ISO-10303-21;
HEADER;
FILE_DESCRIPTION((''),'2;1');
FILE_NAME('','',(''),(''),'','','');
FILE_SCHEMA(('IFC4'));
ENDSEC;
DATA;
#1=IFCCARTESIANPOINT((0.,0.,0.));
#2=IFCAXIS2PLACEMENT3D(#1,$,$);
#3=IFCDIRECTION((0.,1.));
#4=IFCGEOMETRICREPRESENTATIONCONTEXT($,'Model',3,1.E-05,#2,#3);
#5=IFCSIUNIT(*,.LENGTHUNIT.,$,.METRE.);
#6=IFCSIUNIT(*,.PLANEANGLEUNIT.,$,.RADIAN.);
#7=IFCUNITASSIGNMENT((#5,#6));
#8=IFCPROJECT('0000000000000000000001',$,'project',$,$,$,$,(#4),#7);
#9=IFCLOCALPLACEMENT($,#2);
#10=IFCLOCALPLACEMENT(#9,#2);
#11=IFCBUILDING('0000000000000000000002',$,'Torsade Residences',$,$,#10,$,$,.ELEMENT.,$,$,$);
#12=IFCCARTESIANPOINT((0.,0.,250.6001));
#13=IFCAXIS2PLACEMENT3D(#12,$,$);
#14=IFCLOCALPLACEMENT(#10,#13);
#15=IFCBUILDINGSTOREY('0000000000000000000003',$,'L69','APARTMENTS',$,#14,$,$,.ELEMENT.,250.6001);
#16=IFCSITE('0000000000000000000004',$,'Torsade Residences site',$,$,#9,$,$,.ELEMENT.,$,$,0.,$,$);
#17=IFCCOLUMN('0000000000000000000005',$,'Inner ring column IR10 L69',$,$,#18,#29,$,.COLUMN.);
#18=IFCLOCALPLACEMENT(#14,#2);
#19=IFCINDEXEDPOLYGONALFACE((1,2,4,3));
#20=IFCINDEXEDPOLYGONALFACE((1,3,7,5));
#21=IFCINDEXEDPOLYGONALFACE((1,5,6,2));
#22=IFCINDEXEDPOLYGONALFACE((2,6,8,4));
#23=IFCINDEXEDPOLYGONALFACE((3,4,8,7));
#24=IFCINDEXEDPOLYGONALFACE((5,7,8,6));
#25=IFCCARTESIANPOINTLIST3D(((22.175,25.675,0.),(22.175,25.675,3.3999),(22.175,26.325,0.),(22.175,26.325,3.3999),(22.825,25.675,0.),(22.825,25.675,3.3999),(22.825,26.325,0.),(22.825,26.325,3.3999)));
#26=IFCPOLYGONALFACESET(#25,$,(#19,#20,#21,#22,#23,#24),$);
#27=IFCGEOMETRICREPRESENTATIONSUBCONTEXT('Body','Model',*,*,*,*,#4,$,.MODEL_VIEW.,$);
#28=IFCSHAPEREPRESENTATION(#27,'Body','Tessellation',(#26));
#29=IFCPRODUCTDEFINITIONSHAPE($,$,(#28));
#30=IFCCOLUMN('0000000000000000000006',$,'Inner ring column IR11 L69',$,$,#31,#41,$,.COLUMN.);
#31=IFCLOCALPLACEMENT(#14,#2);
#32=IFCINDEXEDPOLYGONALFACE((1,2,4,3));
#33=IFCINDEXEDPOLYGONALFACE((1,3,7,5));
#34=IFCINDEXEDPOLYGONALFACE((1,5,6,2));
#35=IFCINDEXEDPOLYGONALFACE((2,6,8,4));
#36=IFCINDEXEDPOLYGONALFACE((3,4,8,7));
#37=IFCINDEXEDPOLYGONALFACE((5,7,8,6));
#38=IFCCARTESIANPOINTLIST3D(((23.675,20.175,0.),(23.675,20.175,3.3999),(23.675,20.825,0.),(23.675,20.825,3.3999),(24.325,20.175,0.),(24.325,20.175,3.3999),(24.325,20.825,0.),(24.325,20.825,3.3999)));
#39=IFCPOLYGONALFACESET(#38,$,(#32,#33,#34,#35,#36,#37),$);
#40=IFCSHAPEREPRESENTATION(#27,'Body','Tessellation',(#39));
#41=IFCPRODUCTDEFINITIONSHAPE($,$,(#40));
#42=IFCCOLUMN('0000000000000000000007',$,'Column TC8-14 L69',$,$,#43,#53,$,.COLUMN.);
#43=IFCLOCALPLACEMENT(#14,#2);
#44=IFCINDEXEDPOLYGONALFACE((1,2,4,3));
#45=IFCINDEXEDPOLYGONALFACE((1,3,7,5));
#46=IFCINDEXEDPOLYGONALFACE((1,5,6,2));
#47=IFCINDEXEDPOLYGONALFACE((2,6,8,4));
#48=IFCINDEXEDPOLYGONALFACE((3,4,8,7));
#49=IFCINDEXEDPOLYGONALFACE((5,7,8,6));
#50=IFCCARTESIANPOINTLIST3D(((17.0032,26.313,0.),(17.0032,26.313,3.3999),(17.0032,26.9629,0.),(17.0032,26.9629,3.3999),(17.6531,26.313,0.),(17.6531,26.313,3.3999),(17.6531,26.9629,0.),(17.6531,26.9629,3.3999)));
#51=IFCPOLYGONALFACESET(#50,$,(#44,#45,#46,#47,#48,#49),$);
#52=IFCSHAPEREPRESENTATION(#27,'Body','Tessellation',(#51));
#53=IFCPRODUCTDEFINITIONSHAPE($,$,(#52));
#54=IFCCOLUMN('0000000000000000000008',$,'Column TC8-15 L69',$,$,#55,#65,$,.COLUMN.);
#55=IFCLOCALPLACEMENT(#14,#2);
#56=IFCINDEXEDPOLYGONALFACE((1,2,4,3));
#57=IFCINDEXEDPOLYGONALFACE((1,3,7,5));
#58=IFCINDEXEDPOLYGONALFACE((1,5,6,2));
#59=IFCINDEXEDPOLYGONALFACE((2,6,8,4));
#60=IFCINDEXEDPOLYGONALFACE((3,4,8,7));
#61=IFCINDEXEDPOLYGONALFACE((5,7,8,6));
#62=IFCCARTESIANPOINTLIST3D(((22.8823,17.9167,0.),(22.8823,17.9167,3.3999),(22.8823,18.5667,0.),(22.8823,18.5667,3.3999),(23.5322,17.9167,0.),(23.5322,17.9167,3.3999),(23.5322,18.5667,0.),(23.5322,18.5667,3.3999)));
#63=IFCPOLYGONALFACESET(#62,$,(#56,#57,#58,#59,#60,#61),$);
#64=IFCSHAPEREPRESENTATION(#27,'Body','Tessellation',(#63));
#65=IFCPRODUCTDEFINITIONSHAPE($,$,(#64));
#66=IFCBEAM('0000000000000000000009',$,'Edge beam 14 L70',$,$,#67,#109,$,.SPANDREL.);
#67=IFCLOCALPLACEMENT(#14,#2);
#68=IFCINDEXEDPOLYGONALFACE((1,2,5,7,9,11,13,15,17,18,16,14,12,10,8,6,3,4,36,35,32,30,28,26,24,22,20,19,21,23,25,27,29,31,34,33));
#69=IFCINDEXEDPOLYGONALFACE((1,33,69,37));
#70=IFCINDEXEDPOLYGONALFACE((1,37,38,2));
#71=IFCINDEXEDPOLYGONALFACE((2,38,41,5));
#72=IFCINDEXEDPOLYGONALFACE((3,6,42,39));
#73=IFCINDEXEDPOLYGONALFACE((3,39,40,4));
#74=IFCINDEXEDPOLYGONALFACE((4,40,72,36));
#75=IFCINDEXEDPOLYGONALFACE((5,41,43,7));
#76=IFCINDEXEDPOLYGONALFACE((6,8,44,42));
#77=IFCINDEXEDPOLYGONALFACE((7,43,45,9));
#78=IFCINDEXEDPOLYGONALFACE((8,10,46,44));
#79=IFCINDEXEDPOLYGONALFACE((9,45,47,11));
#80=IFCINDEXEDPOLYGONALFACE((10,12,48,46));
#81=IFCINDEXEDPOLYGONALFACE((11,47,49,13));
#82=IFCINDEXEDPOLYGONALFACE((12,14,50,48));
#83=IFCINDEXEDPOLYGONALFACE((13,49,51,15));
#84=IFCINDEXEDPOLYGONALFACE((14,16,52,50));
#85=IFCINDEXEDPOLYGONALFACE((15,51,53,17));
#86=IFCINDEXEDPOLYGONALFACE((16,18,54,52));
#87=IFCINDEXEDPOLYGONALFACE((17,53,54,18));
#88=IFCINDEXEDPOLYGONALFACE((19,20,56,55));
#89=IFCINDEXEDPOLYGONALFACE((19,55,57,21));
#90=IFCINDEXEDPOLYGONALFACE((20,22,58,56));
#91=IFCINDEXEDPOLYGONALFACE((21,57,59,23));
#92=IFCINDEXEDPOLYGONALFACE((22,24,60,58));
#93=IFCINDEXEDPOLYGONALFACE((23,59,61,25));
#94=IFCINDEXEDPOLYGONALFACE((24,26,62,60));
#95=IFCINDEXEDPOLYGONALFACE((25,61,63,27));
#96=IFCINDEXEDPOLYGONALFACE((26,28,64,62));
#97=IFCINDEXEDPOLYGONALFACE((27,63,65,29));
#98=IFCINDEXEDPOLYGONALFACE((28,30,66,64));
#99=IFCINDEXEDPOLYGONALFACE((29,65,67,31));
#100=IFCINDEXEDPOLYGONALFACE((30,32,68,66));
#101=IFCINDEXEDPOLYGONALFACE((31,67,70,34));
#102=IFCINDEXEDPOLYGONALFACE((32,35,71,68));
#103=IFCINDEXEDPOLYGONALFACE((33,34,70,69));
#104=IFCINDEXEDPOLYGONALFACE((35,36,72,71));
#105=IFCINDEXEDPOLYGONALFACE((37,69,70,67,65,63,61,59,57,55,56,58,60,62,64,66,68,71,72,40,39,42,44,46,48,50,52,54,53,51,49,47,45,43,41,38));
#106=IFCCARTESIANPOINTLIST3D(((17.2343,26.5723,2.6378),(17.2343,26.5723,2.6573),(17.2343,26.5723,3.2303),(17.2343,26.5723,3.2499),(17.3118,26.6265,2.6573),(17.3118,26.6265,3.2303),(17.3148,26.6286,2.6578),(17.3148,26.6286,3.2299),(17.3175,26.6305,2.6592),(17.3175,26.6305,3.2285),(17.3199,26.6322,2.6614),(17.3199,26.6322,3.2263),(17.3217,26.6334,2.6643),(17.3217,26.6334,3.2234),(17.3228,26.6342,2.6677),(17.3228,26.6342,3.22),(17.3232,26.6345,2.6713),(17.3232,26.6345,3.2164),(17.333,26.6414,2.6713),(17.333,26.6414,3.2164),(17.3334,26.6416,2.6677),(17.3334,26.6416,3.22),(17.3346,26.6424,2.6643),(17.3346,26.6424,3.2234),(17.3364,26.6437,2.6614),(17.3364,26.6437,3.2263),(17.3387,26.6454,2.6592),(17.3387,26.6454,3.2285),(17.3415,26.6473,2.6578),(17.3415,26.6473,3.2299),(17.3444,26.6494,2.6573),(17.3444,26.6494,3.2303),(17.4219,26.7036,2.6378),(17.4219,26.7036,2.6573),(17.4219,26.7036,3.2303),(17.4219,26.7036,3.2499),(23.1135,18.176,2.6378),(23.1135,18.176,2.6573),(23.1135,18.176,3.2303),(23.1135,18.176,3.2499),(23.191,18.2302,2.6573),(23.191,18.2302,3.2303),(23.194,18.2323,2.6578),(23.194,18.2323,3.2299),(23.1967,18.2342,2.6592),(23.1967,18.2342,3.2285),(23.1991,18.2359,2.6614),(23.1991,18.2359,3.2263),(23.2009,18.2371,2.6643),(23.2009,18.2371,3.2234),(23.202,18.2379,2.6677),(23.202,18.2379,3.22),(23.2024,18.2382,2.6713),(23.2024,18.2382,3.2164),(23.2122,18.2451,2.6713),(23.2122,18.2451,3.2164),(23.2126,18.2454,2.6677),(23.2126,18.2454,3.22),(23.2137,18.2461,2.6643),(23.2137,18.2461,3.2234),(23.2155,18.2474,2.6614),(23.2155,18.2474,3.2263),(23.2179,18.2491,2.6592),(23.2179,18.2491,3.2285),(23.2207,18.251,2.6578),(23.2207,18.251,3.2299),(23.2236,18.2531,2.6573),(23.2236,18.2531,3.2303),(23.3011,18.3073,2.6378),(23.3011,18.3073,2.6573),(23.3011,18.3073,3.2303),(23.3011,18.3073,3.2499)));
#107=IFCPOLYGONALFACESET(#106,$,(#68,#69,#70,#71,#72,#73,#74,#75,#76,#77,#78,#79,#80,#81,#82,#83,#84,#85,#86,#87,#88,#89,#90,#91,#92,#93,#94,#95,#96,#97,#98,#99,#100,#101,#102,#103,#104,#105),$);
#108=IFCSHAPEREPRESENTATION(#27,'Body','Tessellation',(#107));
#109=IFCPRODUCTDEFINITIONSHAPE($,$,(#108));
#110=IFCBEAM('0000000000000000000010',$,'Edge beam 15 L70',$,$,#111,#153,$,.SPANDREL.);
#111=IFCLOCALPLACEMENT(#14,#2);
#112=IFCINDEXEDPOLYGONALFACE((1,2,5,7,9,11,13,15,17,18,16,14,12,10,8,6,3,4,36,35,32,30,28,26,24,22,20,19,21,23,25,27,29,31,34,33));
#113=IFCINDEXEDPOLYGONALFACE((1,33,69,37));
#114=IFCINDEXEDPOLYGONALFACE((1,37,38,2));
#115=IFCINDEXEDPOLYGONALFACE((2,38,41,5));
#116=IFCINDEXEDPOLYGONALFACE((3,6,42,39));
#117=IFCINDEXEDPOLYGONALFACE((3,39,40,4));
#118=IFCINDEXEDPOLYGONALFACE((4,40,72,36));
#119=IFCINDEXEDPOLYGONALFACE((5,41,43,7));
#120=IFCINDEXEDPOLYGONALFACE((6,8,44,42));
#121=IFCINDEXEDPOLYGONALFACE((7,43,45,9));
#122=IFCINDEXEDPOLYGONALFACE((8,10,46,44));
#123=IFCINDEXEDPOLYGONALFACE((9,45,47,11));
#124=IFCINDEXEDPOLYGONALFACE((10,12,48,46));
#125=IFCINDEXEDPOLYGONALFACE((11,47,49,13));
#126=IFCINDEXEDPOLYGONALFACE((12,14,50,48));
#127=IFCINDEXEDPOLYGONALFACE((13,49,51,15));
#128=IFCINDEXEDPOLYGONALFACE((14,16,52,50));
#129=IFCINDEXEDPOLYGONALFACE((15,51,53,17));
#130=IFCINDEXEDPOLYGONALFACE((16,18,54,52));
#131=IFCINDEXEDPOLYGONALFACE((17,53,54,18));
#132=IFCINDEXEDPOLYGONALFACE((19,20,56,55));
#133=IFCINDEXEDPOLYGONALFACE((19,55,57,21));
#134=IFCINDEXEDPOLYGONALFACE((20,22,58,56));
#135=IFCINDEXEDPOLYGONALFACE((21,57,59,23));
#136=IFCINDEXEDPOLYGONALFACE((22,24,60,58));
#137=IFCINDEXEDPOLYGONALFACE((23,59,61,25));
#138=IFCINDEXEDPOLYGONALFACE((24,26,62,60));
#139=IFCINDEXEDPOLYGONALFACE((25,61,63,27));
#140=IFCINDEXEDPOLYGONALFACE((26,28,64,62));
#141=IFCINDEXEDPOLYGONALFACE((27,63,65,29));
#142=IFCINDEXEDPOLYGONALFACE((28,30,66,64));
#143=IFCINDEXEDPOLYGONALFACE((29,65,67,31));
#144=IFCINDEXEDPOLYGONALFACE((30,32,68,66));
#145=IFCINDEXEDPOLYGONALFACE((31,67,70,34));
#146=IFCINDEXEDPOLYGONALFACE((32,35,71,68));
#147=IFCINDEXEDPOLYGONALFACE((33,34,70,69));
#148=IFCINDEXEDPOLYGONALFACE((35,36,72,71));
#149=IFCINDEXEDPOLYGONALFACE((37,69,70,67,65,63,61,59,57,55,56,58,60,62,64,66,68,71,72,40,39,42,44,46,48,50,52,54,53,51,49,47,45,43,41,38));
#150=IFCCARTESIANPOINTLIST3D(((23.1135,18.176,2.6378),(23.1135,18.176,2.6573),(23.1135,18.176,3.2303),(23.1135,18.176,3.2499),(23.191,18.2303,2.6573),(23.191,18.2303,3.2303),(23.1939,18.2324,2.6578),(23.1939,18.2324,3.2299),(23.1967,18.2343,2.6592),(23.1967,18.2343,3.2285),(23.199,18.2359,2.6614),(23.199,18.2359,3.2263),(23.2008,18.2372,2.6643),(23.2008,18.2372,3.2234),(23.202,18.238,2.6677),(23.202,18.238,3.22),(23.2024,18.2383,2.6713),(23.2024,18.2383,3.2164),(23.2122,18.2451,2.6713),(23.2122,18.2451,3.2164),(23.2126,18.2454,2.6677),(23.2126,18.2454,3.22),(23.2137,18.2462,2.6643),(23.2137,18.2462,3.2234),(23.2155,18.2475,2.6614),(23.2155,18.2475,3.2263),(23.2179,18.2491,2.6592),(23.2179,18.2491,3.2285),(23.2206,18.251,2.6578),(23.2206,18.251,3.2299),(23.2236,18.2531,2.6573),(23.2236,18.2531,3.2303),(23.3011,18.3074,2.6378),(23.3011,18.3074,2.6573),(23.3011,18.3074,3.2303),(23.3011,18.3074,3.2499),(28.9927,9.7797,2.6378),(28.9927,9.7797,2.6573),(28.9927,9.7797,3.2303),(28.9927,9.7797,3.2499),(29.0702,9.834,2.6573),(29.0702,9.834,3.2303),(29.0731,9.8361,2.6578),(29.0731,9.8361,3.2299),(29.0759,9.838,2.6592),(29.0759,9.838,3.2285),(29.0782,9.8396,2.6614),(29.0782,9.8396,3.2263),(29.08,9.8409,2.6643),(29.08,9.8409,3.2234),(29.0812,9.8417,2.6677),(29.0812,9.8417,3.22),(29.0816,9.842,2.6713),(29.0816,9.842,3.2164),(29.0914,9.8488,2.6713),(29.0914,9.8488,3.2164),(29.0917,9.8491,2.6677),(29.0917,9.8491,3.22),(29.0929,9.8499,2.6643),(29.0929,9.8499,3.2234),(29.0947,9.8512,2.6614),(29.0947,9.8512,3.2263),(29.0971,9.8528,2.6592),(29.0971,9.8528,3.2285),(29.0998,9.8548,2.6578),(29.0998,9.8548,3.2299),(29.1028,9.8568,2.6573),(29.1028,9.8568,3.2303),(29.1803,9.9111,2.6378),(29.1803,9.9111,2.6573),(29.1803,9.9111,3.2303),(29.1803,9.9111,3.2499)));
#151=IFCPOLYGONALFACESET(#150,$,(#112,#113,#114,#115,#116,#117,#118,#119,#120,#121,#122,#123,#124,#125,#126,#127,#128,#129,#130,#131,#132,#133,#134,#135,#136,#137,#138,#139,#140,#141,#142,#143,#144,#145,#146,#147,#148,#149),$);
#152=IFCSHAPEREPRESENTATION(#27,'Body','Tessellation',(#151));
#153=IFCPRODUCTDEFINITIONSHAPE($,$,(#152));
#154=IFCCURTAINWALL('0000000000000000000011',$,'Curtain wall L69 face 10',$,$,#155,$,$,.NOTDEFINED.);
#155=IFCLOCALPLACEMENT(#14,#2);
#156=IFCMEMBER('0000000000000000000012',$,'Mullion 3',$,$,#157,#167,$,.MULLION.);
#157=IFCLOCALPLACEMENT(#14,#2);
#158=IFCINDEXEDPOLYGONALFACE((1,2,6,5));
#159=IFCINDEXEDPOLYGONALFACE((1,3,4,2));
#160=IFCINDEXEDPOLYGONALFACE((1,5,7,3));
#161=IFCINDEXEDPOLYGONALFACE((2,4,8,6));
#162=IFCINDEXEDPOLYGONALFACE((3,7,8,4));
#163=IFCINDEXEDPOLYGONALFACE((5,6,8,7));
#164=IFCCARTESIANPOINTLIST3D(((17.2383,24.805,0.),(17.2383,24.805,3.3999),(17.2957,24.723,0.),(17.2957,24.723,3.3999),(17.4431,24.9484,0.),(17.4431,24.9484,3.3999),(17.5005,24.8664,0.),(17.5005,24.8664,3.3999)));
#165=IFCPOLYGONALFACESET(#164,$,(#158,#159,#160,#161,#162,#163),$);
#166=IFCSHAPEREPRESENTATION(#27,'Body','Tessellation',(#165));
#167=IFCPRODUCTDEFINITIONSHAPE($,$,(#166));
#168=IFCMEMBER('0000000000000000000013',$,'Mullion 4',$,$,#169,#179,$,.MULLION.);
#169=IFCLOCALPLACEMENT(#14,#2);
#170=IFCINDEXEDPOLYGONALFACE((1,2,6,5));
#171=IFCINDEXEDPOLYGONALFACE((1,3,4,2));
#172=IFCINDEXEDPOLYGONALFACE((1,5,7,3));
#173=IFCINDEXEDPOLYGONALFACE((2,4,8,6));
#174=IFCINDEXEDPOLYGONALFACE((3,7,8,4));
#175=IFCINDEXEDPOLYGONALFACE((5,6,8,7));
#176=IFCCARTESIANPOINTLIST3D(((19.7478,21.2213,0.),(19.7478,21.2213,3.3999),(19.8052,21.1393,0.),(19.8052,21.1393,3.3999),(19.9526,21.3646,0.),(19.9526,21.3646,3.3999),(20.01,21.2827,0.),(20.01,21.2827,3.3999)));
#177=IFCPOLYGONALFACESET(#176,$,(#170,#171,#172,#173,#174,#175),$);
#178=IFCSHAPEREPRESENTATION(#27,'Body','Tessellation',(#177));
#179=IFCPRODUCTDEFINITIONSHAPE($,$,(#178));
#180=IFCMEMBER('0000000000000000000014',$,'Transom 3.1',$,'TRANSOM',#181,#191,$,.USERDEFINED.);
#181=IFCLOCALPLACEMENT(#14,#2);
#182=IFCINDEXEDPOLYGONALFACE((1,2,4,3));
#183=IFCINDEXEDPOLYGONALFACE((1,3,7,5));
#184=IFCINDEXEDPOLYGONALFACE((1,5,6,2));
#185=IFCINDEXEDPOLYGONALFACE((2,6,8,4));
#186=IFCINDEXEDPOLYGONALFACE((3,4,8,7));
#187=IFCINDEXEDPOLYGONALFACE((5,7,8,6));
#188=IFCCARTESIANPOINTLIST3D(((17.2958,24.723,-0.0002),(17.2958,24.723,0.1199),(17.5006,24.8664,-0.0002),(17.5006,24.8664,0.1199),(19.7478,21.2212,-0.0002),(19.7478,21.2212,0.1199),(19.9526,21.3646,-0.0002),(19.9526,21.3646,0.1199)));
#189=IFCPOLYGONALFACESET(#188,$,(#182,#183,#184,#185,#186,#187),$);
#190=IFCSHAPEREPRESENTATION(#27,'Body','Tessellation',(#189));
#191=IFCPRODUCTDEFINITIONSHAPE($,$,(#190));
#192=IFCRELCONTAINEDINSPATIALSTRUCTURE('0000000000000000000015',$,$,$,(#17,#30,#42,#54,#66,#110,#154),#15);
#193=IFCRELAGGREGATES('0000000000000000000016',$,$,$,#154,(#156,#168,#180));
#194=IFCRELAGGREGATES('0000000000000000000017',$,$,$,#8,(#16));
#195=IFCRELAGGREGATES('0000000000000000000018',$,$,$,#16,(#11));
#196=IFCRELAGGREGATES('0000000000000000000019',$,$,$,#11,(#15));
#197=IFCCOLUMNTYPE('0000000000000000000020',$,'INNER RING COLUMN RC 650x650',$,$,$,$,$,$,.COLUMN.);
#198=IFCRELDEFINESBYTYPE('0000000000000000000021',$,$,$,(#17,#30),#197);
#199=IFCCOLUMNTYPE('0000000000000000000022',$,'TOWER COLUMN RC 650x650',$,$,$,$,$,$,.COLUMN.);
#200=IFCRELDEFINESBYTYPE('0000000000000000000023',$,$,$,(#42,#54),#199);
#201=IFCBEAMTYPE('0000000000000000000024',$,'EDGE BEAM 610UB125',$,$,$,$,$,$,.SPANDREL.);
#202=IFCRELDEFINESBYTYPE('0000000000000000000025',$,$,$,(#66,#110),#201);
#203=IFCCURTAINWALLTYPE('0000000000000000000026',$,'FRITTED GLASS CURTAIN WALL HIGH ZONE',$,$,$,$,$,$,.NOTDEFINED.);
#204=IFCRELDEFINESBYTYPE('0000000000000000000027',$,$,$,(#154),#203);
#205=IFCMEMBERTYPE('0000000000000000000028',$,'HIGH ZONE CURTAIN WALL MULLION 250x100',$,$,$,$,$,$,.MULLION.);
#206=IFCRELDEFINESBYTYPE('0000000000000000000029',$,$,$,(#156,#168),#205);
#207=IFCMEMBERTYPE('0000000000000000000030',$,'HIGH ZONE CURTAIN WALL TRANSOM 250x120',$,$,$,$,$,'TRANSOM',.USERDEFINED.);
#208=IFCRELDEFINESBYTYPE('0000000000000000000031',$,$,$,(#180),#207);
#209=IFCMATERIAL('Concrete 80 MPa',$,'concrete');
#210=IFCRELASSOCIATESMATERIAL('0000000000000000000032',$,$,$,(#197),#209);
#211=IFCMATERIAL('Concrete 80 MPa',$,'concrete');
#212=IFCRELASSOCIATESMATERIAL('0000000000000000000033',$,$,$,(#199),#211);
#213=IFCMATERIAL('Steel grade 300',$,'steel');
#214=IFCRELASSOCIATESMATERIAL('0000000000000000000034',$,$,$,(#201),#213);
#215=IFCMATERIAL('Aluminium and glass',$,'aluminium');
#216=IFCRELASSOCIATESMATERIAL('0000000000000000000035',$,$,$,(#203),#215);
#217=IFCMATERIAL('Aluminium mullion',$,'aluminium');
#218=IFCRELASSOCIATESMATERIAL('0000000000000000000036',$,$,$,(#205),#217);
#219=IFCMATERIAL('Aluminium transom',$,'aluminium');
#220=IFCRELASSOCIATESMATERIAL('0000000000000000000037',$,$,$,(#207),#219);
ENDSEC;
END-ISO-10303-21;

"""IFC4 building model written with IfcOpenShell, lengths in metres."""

from ifc_helpers import new_model, si_unit, direction, frame, origin, origin_2d, place, context, subcontext, project, spatial, rectangle, i_section, extrude, material, material_profile, profile_set, type_object, element, aggregate, save


model = new_model("IFC4")

# Units and contexts
model_context = context("Model", 3, precision=1e-05, world=origin(), true_north=direction((0.0, 1.0)))
body_context = subcontext(model_context, "Body", "Model", "MODEL_VIEW")
ifc_project = project(units=[si_unit("LENGTHUNIT", "METRE"), si_unit("PLANEANGLEUNIT", "RADIAN")], contexts=[model_context])

# Site, building, storey
site_placement = place(None, origin())
site = spatial("IfcSite", under=ifc_project, at=site_placement, Name="Torsade Residences site", CompositionType="ELEMENT", RefElevation=0.0)
building_placement = place(site_placement, origin())
building = spatial("IfcBuilding", under=site, at=building_placement, Name="Torsade Residences", CompositionType="ELEMENT")
storey_placement = place(building_placement, frame((0.0, 0.0, 250.6001)))
storey = spatial("IfcBuildingStorey", under=building, at=storey_placement, Name="L69", Description="APARTMENTS", CompositionType="ELEMENT", Elevation=250.6001)

# Columns
ifc_material_1 = material(Name="Concrete 80 MPa", Category="concrete")
ifc_material_profile_1 = material_profile(ifc_material_1, rectangle(XDim=0.6499, YDim=0.6499, at=origin_2d()), Name="RC 650x650")
ifc_profile_set_1 = profile_set([ifc_material_profile_1], Name="Concrete 80 MPa")
column_type_1 = type_object("IfcColumnType", Name="INNER RING COLUMN RC 650x650", PredefinedType="COLUMN", material=ifc_profile_set_1)
for number, where, z_axis, x_axis, name in (
    (1, (22.5, 26.0, 0.0), (0.0, 0.0, 1.0), (1.0, 0.0, 0.0), "Inner ring column IR10 L69"),
    (2, (24.0, 20.5, 0.0), (0.0, 0.0, 1.0), (1.0, 0.0, 0.0), "Inner ring column IR11 L69"),
):
    element("IfcColumn", number, at=place(storey_placement, frame(where, z_axis=z_axis, x_axis=x_axis)), inside=storey, type_object=column_type_1, Name=name, PredefinedType="COLUMN", context=body_context, shape_type="SweptSolid", body=[
        extrude(rectangle(XDim=0.6499, YDim=0.6499, at=origin_2d()), origin(), (0.0, 0.0, 1.0), 3.3999),
    ])
ifc_material_2 = material(Name="Concrete 80 MPa", Category="concrete")
ifc_material_profile_2 = material_profile(ifc_material_2, rectangle(XDim=0.6499, YDim=0.6499, at=origin_2d()), Name="RC 650x650")
ifc_profile_set_2 = profile_set([ifc_material_profile_2], Name="Concrete 80 MPa")
column_type_2 = type_object("IfcColumnType", Name="TOWER COLUMN RC 650x650", PredefinedType="COLUMN", material=ifc_profile_set_2)
for number, where, z_axis, x_axis, name in (
    (3, (17.3281, 26.6379, 0.0), (0.0, 0.0, 1.0), (1.0, 0.0, 0.0), "Column TC8-14 L69"),
    (4, (23.2073, 18.2417, 0.0), (0.0, 0.0, 1.0), (1.0, 0.0, 0.0), "Column TC8-15 L69"),
):
    element("IfcColumn", number, at=place(storey_placement, frame(where, z_axis=z_axis, x_axis=x_axis)), inside=storey, type_object=column_type_2, Name=name, PredefinedType="COLUMN", context=body_context, shape_type="SweptSolid", body=[
        extrude(rectangle(XDim=0.6499, YDim=0.6499, at=origin_2d()), origin(), (0.0, 0.0, 1.0), 3.3999),
    ])

# Beams
ifc_material_3 = material(Name="Steel grade 300", Category="steel")
ifc_material_profile_3 = material_profile(ifc_material_3, i_section(OverallWidth=0.229, OverallDepth=0.6121, WebThickness=0.012, FlangeThickness=0.0195, FilletRadius=0.0139, at=origin_2d()), Name="610UB125")
ifc_profile_set_3 = profile_set([ifc_material_profile_3], Name="Steel grade 300")
beam_type_1 = type_object("IfcBeamType", Name="EDGE BEAM 610UB125", PredefinedType="SPANDREL", material=ifc_profile_set_3)
for number, where, z_axis, x_axis, name in (
    (5, (17.3281, 26.6379, 2.9438), (0.573579, -0.81915, 0.0), (0.81915, 0.573579, 0.0), "Edge beam 14 L70"),
    (6, (23.2073, 18.2417, 2.9438), (0.573579, -0.81915, 0.0), (0.81915, 0.573579, 0.0), "Edge beam 15 L70"),
):
    element("IfcBeam", number, at=place(storey_placement, frame(where, z_axis=z_axis, x_axis=x_axis)), inside=storey, type_object=beam_type_1, Name=name, PredefinedType="SPANDREL", context=body_context, shape_type="SweptSolid", body=[
        extrude(i_section(OverallWidth=0.229, OverallDepth=0.6121, WebThickness=0.012, FlangeThickness=0.0195, FilletRadius=0.0139, at=origin_2d()), origin(), (0.0, 0.0, 1.0), 10.25),
    ])

# Curtain wall, members
ifc_material_4 = material(Name="Aluminium and glass", Category="aluminium")
curtain_wall_type = type_object("IfcCurtainWallType", Name="FRITTED GLASS CURTAIN WALL HIGH ZONE", PredefinedType="NOTDEFINED", material=ifc_material_4)
curtain_wall_placement = place(storey_placement, origin())
curtain_wall = element("IfcCurtainWall", 7, at=curtain_wall_placement, inside=storey, type_object=curtain_wall_type, Name="Curtain wall L69 face 10", PredefinedType="NOTDEFINED")
ifc_material_5 = material(Name="Aluminium mullion", Category="aluminium")
ifc_material_profile_4 = material_profile(ifc_material_5, rectangle(XDim=0.25, YDim=0.1001, at=origin_2d()), Name="HIGH ZONE CURTAIN WALL MULLION 250x100")
ifc_profile_set_4 = profile_set([ifc_material_profile_4], Name="Aluminium mullion")
member_type_1 = type_object("IfcMemberType", Name="HIGH ZONE CURTAIN WALL MULLION 250x100", PredefinedType="MULLION", material=ifc_profile_set_4)
member_1_placement = place(storey_placement, frame((17.3694, 24.8357, 0.0), z_axis=(0.0, 0.0, 1.0), x_axis=(0.819152, 0.573576, 0.0)))
member_1 = element("IfcMember", 8, at=member_1_placement, type_object=member_type_1, Name="Mullion 3", PredefinedType="MULLION", context=body_context, shape_type="SweptSolid", body=[
    extrude(rectangle(XDim=0.25, YDim=0.1001, at=origin_2d()), origin(), (0.0, 0.0, 1.0), 3.3999),
])
member_2_placement = place(storey_placement, frame((19.8789, 21.252, 0.0), z_axis=(0.0, 0.0, 1.0), x_axis=(0.819152, 0.573576, 0.0)))
member_2 = element("IfcMember", 9, at=member_2_placement, type_object=member_type_1, Name="Mullion 4", PredefinedType="MULLION", context=body_context, shape_type="SweptSolid", body=[
    extrude(rectangle(XDim=0.25, YDim=0.1001, at=origin_2d()), origin(), (0.0, 0.0, 1.0), 3.3999),
])
ifc_material_6 = material(Name="Aluminium transom", Category="aluminium")
ifc_material_profile_5 = material_profile(ifc_material_6, rectangle(XDim=0.25, YDim=0.1201, at=origin_2d()), Name="HIGH ZONE CURTAIN WALL TRANSOM 250x120")
ifc_profile_set_5 = profile_set([ifc_material_profile_5], Name="Aluminium transom")
member_type_2 = type_object("IfcMemberType", Name="HIGH ZONE CURTAIN WALL TRANSOM 250x120", ElementType="TRANSOM", PredefinedType="USERDEFINED", material=ifc_profile_set_5)
member_3_placement = place(storey_placement, frame((17.3982, 24.7947, 0.0598), z_axis=(0.573573, -0.819154, 0.0), x_axis=(0.819154, 0.573573, 0.0)))
member_3 = element("IfcMember", 10, at=member_3_placement, type_object=member_type_2, Name="Transom 3.1", ObjectType="TRANSOM", PredefinedType="USERDEFINED", context=body_context, shape_type="SweptSolid", body=[
    extrude(rectangle(XDim=0.25, YDim=0.1201, at=origin_2d()), origin(), (0.0, 0.0, 1.0), 4.2749),
])

aggregate(curtain_wall, [member_1, member_2, member_3])

save(model, "model.ifc")
